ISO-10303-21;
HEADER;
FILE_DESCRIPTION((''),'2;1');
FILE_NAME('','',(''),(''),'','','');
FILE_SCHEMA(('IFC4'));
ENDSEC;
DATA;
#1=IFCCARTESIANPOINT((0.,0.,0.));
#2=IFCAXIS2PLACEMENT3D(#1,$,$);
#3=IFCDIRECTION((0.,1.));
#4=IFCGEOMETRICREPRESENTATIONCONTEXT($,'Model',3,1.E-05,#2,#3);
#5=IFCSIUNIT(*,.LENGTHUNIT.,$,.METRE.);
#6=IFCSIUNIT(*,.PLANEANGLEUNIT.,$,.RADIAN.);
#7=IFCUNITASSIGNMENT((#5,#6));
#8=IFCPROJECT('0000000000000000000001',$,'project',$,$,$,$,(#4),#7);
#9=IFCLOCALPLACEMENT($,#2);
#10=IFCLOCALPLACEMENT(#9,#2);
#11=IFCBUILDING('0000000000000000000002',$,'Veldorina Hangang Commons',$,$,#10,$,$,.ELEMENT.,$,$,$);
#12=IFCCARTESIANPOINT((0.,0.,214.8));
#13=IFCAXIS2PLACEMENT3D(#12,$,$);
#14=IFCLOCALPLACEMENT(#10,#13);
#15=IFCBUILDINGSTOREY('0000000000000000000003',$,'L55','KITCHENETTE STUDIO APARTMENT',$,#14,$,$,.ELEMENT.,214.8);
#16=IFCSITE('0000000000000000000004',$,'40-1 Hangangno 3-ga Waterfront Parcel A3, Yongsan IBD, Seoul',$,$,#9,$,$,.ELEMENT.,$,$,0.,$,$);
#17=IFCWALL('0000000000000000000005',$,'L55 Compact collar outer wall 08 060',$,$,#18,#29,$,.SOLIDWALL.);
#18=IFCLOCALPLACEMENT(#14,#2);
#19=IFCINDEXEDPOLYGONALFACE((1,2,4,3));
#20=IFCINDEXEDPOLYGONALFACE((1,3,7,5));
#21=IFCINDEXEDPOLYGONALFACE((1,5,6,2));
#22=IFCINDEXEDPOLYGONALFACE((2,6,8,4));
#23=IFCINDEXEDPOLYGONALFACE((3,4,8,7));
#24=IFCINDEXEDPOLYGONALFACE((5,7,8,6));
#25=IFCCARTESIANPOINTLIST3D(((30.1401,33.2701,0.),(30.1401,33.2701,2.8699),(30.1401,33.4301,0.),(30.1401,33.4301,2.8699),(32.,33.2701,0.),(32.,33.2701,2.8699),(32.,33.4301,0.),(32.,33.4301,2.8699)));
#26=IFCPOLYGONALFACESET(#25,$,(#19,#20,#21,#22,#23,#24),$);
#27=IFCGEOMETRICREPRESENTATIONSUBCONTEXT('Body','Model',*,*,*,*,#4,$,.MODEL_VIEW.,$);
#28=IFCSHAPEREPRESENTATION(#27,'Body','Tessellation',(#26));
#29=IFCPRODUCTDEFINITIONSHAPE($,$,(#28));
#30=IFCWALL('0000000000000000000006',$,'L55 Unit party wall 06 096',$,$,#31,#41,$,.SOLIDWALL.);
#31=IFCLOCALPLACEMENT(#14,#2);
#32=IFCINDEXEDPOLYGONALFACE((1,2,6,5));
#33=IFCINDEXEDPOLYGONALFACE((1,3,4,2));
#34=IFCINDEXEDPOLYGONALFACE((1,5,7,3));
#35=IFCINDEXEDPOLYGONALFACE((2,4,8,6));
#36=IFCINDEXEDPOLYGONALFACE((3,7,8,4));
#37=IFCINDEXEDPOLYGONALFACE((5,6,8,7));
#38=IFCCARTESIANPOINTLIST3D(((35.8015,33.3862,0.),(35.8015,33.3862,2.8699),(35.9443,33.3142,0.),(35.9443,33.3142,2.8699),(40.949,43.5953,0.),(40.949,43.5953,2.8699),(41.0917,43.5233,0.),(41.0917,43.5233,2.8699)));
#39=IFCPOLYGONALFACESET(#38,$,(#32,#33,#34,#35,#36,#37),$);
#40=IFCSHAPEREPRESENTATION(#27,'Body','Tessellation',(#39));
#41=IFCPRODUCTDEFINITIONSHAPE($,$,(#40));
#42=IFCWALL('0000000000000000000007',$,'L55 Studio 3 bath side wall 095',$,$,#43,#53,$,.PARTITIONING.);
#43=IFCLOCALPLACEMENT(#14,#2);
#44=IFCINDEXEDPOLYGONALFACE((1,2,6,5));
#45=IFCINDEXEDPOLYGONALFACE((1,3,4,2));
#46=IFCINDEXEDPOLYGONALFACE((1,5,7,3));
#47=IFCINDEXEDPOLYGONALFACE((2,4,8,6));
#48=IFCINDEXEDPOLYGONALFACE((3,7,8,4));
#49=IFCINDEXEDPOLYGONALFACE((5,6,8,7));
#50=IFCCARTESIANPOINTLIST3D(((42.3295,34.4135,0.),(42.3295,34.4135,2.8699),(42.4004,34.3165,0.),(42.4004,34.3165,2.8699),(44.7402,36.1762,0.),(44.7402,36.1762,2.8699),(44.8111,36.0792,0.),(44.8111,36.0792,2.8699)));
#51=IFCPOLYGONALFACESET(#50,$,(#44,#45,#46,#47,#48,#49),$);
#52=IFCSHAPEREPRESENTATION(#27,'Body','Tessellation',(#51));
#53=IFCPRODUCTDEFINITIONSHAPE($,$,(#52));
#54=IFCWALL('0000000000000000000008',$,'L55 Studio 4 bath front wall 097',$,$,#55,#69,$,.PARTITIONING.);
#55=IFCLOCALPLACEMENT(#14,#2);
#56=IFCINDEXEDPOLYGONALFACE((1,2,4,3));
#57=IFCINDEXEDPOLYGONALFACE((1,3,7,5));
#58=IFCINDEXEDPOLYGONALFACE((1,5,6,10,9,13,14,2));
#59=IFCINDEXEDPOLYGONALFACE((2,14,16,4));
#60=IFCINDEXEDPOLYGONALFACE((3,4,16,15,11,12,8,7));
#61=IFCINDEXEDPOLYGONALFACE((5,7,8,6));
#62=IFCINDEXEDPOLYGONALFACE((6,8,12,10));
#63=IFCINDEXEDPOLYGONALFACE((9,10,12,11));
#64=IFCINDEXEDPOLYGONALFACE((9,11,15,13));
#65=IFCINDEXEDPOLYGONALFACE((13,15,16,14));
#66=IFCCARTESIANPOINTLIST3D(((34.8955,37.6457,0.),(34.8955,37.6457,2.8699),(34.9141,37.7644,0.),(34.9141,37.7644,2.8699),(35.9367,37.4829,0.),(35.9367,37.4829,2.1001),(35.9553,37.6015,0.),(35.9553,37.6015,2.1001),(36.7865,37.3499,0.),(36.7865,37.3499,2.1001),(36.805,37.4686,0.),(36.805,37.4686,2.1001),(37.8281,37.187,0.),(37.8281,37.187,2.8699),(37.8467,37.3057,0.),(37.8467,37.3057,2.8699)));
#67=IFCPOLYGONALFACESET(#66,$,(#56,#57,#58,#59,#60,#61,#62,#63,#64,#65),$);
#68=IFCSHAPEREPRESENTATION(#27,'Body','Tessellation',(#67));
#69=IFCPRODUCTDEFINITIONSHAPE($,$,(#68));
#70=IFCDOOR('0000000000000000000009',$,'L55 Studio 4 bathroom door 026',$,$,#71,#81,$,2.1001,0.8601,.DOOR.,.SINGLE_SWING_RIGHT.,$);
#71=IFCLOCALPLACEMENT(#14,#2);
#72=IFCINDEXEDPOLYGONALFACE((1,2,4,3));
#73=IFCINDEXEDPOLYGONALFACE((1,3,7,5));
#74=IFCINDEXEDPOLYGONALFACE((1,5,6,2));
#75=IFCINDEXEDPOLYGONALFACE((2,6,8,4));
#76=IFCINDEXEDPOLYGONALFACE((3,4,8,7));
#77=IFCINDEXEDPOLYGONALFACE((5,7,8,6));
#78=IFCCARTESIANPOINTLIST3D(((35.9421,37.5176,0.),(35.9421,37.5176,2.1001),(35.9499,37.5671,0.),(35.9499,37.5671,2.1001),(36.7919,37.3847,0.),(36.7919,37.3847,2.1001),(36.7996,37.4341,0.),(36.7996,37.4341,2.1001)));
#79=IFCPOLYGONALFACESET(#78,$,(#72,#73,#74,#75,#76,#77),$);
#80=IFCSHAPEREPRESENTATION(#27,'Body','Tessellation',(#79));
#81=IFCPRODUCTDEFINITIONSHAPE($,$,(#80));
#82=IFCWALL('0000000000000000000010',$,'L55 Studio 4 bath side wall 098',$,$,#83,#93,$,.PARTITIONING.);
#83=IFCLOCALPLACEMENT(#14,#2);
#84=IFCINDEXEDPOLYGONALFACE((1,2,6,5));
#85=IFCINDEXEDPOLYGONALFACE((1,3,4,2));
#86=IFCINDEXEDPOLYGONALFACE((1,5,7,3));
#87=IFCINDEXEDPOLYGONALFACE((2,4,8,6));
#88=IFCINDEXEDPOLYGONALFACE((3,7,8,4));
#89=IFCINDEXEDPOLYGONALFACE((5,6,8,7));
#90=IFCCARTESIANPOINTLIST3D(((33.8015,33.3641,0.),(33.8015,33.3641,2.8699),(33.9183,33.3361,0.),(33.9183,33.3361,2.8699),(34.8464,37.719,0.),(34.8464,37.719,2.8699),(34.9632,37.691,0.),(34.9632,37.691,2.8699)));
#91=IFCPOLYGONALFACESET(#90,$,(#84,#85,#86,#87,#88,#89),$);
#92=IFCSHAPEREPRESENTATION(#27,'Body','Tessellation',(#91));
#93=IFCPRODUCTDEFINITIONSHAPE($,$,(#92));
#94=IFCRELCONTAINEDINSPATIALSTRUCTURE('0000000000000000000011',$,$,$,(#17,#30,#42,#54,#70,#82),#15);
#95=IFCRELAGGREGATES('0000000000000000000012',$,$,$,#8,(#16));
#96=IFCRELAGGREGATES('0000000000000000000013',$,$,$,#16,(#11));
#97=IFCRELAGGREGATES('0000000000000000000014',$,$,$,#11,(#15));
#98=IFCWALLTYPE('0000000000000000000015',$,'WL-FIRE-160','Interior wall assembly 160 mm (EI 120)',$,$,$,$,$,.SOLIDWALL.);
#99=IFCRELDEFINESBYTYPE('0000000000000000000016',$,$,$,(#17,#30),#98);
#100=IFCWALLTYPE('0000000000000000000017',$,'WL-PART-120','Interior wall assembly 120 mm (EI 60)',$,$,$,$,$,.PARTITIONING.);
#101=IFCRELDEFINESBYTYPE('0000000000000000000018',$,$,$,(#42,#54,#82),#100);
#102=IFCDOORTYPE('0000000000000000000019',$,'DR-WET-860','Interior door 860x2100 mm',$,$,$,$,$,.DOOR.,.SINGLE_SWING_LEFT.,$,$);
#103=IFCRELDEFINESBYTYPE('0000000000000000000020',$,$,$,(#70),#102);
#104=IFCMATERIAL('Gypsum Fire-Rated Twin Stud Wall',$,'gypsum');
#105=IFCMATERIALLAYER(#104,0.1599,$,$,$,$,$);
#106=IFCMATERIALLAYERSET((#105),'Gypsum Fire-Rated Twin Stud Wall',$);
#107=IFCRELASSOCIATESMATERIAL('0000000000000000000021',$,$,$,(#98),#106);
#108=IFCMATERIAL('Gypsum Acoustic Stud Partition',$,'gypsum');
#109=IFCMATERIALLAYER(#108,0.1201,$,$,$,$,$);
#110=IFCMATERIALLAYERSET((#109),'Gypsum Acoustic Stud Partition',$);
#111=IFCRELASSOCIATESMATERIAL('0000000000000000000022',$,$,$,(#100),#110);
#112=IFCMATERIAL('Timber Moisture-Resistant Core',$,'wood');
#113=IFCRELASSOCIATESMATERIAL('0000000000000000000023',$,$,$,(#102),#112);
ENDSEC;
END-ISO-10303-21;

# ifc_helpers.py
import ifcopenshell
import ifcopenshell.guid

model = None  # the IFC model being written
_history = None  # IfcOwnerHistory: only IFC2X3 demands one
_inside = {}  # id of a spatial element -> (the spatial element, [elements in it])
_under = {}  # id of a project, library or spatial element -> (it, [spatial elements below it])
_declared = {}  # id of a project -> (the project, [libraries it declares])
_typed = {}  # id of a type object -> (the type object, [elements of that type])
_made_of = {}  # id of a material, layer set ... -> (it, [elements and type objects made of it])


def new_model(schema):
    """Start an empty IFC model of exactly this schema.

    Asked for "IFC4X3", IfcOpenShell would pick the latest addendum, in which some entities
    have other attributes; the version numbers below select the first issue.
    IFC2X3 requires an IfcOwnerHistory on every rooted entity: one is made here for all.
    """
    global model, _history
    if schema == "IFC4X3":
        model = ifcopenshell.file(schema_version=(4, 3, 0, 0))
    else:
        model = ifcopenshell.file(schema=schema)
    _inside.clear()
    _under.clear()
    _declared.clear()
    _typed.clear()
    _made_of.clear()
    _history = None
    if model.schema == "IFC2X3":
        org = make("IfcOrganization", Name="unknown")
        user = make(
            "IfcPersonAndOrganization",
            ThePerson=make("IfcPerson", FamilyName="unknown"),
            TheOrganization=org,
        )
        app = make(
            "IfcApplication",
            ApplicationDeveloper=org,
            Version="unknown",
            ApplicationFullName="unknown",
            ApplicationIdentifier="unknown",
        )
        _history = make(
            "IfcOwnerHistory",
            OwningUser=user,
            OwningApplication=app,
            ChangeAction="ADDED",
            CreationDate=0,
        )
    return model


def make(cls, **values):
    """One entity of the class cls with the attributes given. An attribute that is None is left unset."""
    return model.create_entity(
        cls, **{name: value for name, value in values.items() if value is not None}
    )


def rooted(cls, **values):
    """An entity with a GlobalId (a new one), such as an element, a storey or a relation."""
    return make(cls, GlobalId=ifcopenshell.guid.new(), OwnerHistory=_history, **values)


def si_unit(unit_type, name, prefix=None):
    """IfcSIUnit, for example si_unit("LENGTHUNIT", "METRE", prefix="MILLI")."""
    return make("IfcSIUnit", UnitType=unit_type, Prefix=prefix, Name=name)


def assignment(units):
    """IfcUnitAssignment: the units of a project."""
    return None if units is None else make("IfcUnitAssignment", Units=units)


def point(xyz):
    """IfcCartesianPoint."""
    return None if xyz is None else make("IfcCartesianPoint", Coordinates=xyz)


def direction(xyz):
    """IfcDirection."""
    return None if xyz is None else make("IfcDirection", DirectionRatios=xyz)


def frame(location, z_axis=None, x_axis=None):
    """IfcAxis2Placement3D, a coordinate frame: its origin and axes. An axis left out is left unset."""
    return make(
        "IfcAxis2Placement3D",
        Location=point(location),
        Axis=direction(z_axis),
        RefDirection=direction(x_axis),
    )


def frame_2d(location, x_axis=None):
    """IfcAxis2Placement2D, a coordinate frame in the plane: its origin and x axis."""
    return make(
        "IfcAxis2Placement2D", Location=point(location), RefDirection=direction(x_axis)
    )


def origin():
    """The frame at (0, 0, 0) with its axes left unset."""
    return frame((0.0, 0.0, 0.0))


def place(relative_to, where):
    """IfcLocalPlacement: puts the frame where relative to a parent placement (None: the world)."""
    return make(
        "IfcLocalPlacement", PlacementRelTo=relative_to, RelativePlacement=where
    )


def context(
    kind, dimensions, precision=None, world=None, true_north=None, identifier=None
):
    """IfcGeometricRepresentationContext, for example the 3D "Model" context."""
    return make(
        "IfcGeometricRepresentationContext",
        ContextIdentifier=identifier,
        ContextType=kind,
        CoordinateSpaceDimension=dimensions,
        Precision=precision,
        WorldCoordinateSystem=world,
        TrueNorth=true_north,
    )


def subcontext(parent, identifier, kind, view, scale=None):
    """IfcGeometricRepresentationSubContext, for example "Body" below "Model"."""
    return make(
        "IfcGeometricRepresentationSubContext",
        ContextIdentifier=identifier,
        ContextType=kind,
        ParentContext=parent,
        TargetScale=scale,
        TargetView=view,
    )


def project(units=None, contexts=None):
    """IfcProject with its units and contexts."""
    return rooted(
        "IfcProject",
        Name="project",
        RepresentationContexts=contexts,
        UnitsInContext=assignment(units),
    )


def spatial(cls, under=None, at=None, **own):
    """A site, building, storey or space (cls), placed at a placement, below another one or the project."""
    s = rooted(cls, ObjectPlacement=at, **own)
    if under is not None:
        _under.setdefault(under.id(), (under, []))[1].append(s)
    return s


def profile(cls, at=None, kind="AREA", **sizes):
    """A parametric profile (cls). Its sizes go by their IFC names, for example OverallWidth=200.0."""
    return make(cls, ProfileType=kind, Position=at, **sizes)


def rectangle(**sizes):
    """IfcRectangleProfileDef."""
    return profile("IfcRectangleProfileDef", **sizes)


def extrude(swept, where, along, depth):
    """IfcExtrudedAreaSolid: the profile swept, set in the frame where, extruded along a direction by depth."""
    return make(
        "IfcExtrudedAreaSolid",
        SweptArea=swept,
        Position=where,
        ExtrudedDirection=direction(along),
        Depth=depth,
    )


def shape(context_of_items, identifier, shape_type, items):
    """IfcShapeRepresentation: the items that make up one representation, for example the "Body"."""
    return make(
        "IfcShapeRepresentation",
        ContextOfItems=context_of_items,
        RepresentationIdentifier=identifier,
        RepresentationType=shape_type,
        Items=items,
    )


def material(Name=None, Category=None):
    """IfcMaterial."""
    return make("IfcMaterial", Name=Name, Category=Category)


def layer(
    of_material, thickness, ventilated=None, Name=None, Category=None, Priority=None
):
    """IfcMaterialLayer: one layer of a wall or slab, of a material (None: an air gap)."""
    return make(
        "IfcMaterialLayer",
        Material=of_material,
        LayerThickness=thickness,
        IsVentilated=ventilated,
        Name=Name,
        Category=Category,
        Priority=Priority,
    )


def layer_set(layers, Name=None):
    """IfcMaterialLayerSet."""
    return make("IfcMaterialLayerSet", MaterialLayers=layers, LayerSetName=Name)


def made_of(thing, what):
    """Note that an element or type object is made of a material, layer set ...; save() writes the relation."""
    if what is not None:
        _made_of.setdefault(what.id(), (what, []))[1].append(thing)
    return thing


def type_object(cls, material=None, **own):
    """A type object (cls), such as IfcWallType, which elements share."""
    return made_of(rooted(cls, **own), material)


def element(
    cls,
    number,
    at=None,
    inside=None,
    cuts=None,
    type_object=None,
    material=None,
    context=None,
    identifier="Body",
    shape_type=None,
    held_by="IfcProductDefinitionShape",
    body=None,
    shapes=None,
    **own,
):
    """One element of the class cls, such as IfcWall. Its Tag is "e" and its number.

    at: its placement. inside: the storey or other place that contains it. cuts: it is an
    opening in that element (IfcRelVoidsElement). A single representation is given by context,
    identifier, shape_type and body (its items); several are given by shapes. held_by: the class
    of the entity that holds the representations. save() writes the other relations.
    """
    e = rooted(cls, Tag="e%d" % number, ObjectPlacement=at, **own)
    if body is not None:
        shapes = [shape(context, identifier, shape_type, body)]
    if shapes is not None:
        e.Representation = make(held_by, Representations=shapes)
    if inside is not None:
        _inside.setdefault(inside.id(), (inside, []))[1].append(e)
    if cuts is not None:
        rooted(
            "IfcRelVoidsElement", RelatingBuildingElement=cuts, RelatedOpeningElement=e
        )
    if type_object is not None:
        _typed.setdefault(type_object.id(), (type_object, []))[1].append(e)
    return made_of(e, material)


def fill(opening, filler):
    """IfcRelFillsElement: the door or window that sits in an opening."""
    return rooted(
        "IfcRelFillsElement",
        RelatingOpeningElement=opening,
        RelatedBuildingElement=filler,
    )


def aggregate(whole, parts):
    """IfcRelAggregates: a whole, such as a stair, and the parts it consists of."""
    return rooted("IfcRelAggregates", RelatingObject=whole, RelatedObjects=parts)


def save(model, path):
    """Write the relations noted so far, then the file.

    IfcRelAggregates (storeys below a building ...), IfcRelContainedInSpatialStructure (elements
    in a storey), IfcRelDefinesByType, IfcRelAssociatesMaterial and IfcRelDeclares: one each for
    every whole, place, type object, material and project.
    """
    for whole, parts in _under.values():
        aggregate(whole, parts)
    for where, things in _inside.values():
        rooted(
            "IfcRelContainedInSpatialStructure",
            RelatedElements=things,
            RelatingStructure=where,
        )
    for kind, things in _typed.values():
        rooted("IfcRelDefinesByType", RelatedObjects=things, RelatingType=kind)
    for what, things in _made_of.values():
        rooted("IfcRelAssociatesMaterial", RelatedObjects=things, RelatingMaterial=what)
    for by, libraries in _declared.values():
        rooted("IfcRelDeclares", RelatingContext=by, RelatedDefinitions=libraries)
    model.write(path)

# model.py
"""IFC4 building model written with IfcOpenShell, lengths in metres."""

from ifc_helpers import new_model, si_unit, direction, frame, frame_2d, origin, place, context, subcontext, project, spatial, rectangle, extrude, material, layer, layer_set, type_object, element, fill, save


model = new_model("IFC4")

# Units and contexts
model_context = context("Model", 3, precision=1e-05, world=origin(), true_north=direction((0.0, 1.0)))
body_context = subcontext(model_context, "Body", "Model", "MODEL_VIEW")
ifc_project = project(units=[si_unit("LENGTHUNIT", "METRE"), si_unit("PLANEANGLEUNIT", "RADIAN")], contexts=[model_context])

# Site, building, storey
site_placement = place(None, origin())
site = spatial("IfcSite", under=ifc_project, at=site_placement, Name="40-1 Hangangno 3-ga Waterfront Parcel A3, Yongsan IBD, Seoul", CompositionType="ELEMENT", RefElevation=0.0)
building_placement = place(site_placement, origin())
building = spatial("IfcBuilding", under=site, at=building_placement, Name="Veldorina Hangang Commons", CompositionType="ELEMENT")
storey_placement = place(building_placement, frame((0.0, 0.0, 214.8)))
storey = spatial("IfcBuildingStorey", under=building, at=storey_placement, Name="L55", Description="KITCHENETTE STUDIO APARTMENT", CompositionType="ELEMENT", Elevation=214.8)

# Shared definitions
ifc_material_1 = material(Name="Gypsum Fire-Rated Twin Stud Wall", Category="gypsum")
ifc_layer_1 = layer(ifc_material_1, 0.1599)
ifc_layer_set_1 = layer_set([ifc_layer_1], Name="Gypsum Fire-Rated Twin Stud Wall")
wall_type_1 = type_object("IfcWallType", Name="WL-FIRE-160", Description="Interior wall assembly 160 mm (EI 120)", PredefinedType="SOLIDWALL", material=ifc_layer_set_1)

# Walls
wall_1_placement = place(storey_placement, frame((32.0, 33.3501, 0.0), z_axis=(0.0, 0.0, 1.0), x_axis=(-1.0, 0.0, 0.0)))
element("IfcWall", 1, at=wall_1_placement, inside=storey, type_object=wall_type_1, Name="L55 Compact collar outer wall 08 060", PredefinedType="SOLIDWALL", context=body_context, shape_type="SweptSolid", body=[
    extrude(rectangle(XDim=1.8599, YDim=0.1599, at=frame_2d((0.9299, 0.0))), origin(), (0.0, 0.0, 1.0), 2.8699),
])
wall_2_placement = place(storey_placement, frame((35.8728, 33.3501, 0.0), z_axis=(0.0, 0.0, 1.0), x_axis=(0.450218, 0.892919, 0.0)))
element("IfcWall", 2, at=wall_2_placement, inside=storey, type_object=wall_type_1, Name="L55 Unit party wall 06 096", PredefinedType="SOLIDWALL", context=body_context, shape_type="SweptSolid", body=[
    extrude(rectangle(XDim=11.4333, YDim=0.1599, at=frame_2d((5.7168, 0.0))), origin(), (0.0, 0.0, 1.0), 2.8699),
])
ifc_material_2 = material(Name="Gypsum Acoustic Stud Partition", Category="gypsum")
ifc_layer_2 = layer(ifc_material_2, 0.1201)
ifc_layer_set_2 = layer_set([ifc_layer_2], Name="Gypsum Acoustic Stud Partition")
wall_type_2 = type_object("IfcWallType", Name="WL-PART-120", Description="Interior wall assembly 120 mm (EI 60)", PredefinedType="PARTITIONING", material=ifc_layer_set_2)
wall_3_placement = place(storey_placement, frame((42.365, 34.365, 0.0), z_axis=(0.0, 0.0, 1.0), x_axis=(0.80722, 0.59025, 0.0)))
element("IfcWall", 3, at=wall_3_placement, inside=storey, type_object=wall_type_2, Name="L55 Studio 3 bath side wall 095", PredefinedType="PARTITIONING", context=body_context, shape_type="SweptSolid", body=[
    extrude(rectangle(XDim=2.9863, YDim=0.1201, at=frame_2d((1.4932, 0.0))), origin(), (0.0, 0.0, 1.0), 2.8699),
])

# Wall, opening, door
wall_4_placement = place(storey_placement, frame((37.8374, 37.2463, 0.0), z_axis=(0.0, 0.0, 1.0), x_axis=(-0.987985, 0.154547, 0.0)))
wall_4 = element("IfcWall", 4, at=wall_4_placement, inside=storey, type_object=wall_type_2, Name="L55 Studio 4 bath front wall 097", PredefinedType="PARTITIONING", context=body_context, shape_type="SweptSolid", body=[
    extrude(rectangle(XDim=2.9683, YDim=0.1201, at=frame_2d((1.4841, 0.0))), origin(), (0.0, 0.0, 1.0), 2.8699),
])
opening_1_placement = place(wall_4_placement, frame((1.0542, 0.0, 0.0)))
opening_1 = element("IfcOpeningElement", 5, at=opening_1_placement, cuts=wall_4, PredefinedType="OPENING", context=body_context, shape_type="SweptSolid", body=[
    extrude(rectangle(XDim=0.8601, YDim=2.1001, at=frame_2d((0.4302, 1.05))), frame((0.0, 0.0701, 0.0), z_axis=(0.0, -1.0, 0.0), x_axis=(1.0, 0.0, 0.0)), (0.0, 0.0, 1.0), 0.1401),
])
ifc_material_3 = material(Name="Timber Moisture-Resistant Core", Category="wood")
door_type_1 = type_object("IfcDoorType", Name="DR-WET-860", Description="Interior door 860x2100 mm", OperationType="SINGLE_SWING_LEFT", PredefinedType="DOOR", material=ifc_material_3)
door_1_placement = place(opening_1_placement, origin())
door_1 = element("IfcDoor", 6, at=door_1_placement, inside=storey, type_object=door_type_1, Name="L55 Studio 4 bathroom door 026", OperationType="SINGLE_SWING_RIGHT", OverallHeight=2.1001, OverallWidth=0.8601, PredefinedType="DOOR", context=body_context, shape_type="SweptSolid", body=[
    extrude(rectangle(XDim=0.8601, YDim=2.1001, at=frame_2d((0.4302, 1.05))), frame((0.0, 0.0249, 0.0), z_axis=(0.0, -1.0, 0.0), x_axis=(1.0, 0.0, 0.0)), (0.0, 0.0, 1.0), 0.05),
])
fill(opening_1, door_1)

# Wall
wall_5_placement = place(storey_placement, frame((33.8599, 33.3501, 0.0), z_axis=(0.0, 0.0, 1.0), x_axis=(0.233315, 0.972401, 0.0)))
element("IfcWall", 7, at=wall_5_placement, inside=storey, type_object=wall_type_2, Name="L55 Studio 4 bath side wall 098", PredefinedType="PARTITIONING", context=body_context, shape_type="SweptSolid", body=[
    extrude(rectangle(XDim=4.4785, YDim=0.1201, at=frame_2d((2.2393, 0.0))), origin(), (0.0, 0.0, 1.0), 2.8699),
])

save(model, "model.ifc")
